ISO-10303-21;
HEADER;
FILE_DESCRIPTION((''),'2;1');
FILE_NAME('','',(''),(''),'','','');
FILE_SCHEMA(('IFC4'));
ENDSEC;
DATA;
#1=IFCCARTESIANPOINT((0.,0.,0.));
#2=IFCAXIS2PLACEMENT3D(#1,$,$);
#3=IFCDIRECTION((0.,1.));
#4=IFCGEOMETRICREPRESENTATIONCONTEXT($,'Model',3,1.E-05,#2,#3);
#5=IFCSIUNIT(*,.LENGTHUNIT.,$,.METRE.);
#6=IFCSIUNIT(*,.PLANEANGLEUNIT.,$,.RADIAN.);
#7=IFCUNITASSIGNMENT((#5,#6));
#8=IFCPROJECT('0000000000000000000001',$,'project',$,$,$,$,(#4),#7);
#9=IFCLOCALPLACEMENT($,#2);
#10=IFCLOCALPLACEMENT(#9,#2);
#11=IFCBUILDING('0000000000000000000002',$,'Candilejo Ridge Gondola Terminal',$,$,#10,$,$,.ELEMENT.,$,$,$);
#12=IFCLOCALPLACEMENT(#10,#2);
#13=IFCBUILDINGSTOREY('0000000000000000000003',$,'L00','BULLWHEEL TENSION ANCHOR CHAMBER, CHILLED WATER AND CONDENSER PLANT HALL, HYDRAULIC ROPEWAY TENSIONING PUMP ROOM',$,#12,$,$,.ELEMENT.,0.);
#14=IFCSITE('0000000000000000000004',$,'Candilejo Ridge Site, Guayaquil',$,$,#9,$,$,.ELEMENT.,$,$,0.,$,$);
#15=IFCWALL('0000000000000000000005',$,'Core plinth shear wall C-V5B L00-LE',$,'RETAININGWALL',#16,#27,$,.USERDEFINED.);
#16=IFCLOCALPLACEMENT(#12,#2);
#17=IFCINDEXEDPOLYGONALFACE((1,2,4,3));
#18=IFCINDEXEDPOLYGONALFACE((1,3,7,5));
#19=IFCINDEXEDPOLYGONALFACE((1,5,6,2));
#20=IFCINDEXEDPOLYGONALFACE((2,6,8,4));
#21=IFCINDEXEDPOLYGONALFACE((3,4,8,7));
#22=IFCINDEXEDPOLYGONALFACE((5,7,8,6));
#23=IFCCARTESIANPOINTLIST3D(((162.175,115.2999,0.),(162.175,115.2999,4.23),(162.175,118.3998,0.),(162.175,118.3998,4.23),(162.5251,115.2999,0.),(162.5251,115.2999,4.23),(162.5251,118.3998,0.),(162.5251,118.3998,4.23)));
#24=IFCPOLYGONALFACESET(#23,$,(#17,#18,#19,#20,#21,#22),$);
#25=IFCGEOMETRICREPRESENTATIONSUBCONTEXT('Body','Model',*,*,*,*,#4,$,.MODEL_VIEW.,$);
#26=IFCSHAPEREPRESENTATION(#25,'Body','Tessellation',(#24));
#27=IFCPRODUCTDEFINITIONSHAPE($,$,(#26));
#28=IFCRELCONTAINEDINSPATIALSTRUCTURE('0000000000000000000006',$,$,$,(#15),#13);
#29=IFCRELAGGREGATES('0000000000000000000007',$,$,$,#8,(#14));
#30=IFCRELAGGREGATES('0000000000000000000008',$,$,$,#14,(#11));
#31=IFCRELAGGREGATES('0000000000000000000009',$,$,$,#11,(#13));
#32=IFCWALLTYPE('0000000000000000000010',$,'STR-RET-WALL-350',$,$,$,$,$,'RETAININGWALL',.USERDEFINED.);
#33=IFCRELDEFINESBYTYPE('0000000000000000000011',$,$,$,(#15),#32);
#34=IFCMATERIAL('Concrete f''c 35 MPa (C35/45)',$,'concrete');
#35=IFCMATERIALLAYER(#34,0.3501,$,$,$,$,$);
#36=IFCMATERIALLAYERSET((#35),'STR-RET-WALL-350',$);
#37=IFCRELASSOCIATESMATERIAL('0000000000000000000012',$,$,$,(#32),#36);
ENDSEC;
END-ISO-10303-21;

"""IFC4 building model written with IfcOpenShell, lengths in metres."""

from ifc_helpers import new_model, si_unit, direction, frame, frame_2d, origin, place, context, subcontext, project, spatial, rectangle, extrude, material, layer, layer_set, type_object, element, save


model = new_model("IFC4")

# Units and contexts
model_context = context("Model", 3, precision=1e-05, world=origin(), true_north=direction((0.0, 1.0)))
body_context = subcontext(model_context, "Body", "Model", "MODEL_VIEW")
ifc_project = project(units=[si_unit("LENGTHUNIT", "METRE"), si_unit("PLANEANGLEUNIT", "RADIAN")], contexts=[model_context])

# Site, building, storey
site_placement = place(None, origin())
site = spatial("IfcSite", under=ifc_project, at=site_placement, Name="Candilejo Ridge Site, Guayaquil", CompositionType="ELEMENT", RefElevation=0.0)
building_placement = place(site_placement, origin())
building = spatial("IfcBuilding", under=site, at=building_placement, Name="Candilejo Ridge Gondola Terminal", CompositionType="ELEMENT")
storey_placement = place(building_placement, origin())
storey = spatial("IfcBuildingStorey", under=building, at=storey_placement, Name="L00", Description="BULLWHEEL TENSION ANCHOR CHAMBER, CHILLED WATER AND CONDENSER PLANT HALL, HYDRAULIC ROPEWAY TENSIONING PUMP ROOM", CompositionType="ELEMENT", Elevation=0.0)

# Wall
ifc_material_1 = material(Name="Concrete f'c 35 MPa (C35/45)", Category="concrete")
ifc_layer = layer(ifc_material_1, 0.3501)
ifc_layer_set = layer_set([ifc_layer], Name="STR-RET-WALL-350")
wall_type = type_object("IfcWallType", Name="STR-RET-WALL-350", ElementType="RETAININGWALL", PredefinedType="USERDEFINED", material=ifc_layer_set)
for number, where, z_axis, x_axis, name in (
    (1, (162.3501, 115.3, 0.0), (0.0, 0.0, 1.0), (0.0, 1.0, 0.0), "Core plinth shear wall C-V5B L00-LE"),
):
    element("IfcWall", number, at=place(storey_placement, frame(where, z_axis=z_axis, x_axis=x_axis)), inside=storey, type_object=wall_type, Name=name, ObjectType="RETAININGWALL", PredefinedType="USERDEFINED", context=body_context, shape_type="SweptSolid", body=[
        extrude(rectangle(XDim=3.0999, YDim=0.3501, at=frame_2d((1.5498, 0.0))), origin(), (0.0, 0.0, 1.0), 4.23),
    ])

save(model, "model.ifc")
